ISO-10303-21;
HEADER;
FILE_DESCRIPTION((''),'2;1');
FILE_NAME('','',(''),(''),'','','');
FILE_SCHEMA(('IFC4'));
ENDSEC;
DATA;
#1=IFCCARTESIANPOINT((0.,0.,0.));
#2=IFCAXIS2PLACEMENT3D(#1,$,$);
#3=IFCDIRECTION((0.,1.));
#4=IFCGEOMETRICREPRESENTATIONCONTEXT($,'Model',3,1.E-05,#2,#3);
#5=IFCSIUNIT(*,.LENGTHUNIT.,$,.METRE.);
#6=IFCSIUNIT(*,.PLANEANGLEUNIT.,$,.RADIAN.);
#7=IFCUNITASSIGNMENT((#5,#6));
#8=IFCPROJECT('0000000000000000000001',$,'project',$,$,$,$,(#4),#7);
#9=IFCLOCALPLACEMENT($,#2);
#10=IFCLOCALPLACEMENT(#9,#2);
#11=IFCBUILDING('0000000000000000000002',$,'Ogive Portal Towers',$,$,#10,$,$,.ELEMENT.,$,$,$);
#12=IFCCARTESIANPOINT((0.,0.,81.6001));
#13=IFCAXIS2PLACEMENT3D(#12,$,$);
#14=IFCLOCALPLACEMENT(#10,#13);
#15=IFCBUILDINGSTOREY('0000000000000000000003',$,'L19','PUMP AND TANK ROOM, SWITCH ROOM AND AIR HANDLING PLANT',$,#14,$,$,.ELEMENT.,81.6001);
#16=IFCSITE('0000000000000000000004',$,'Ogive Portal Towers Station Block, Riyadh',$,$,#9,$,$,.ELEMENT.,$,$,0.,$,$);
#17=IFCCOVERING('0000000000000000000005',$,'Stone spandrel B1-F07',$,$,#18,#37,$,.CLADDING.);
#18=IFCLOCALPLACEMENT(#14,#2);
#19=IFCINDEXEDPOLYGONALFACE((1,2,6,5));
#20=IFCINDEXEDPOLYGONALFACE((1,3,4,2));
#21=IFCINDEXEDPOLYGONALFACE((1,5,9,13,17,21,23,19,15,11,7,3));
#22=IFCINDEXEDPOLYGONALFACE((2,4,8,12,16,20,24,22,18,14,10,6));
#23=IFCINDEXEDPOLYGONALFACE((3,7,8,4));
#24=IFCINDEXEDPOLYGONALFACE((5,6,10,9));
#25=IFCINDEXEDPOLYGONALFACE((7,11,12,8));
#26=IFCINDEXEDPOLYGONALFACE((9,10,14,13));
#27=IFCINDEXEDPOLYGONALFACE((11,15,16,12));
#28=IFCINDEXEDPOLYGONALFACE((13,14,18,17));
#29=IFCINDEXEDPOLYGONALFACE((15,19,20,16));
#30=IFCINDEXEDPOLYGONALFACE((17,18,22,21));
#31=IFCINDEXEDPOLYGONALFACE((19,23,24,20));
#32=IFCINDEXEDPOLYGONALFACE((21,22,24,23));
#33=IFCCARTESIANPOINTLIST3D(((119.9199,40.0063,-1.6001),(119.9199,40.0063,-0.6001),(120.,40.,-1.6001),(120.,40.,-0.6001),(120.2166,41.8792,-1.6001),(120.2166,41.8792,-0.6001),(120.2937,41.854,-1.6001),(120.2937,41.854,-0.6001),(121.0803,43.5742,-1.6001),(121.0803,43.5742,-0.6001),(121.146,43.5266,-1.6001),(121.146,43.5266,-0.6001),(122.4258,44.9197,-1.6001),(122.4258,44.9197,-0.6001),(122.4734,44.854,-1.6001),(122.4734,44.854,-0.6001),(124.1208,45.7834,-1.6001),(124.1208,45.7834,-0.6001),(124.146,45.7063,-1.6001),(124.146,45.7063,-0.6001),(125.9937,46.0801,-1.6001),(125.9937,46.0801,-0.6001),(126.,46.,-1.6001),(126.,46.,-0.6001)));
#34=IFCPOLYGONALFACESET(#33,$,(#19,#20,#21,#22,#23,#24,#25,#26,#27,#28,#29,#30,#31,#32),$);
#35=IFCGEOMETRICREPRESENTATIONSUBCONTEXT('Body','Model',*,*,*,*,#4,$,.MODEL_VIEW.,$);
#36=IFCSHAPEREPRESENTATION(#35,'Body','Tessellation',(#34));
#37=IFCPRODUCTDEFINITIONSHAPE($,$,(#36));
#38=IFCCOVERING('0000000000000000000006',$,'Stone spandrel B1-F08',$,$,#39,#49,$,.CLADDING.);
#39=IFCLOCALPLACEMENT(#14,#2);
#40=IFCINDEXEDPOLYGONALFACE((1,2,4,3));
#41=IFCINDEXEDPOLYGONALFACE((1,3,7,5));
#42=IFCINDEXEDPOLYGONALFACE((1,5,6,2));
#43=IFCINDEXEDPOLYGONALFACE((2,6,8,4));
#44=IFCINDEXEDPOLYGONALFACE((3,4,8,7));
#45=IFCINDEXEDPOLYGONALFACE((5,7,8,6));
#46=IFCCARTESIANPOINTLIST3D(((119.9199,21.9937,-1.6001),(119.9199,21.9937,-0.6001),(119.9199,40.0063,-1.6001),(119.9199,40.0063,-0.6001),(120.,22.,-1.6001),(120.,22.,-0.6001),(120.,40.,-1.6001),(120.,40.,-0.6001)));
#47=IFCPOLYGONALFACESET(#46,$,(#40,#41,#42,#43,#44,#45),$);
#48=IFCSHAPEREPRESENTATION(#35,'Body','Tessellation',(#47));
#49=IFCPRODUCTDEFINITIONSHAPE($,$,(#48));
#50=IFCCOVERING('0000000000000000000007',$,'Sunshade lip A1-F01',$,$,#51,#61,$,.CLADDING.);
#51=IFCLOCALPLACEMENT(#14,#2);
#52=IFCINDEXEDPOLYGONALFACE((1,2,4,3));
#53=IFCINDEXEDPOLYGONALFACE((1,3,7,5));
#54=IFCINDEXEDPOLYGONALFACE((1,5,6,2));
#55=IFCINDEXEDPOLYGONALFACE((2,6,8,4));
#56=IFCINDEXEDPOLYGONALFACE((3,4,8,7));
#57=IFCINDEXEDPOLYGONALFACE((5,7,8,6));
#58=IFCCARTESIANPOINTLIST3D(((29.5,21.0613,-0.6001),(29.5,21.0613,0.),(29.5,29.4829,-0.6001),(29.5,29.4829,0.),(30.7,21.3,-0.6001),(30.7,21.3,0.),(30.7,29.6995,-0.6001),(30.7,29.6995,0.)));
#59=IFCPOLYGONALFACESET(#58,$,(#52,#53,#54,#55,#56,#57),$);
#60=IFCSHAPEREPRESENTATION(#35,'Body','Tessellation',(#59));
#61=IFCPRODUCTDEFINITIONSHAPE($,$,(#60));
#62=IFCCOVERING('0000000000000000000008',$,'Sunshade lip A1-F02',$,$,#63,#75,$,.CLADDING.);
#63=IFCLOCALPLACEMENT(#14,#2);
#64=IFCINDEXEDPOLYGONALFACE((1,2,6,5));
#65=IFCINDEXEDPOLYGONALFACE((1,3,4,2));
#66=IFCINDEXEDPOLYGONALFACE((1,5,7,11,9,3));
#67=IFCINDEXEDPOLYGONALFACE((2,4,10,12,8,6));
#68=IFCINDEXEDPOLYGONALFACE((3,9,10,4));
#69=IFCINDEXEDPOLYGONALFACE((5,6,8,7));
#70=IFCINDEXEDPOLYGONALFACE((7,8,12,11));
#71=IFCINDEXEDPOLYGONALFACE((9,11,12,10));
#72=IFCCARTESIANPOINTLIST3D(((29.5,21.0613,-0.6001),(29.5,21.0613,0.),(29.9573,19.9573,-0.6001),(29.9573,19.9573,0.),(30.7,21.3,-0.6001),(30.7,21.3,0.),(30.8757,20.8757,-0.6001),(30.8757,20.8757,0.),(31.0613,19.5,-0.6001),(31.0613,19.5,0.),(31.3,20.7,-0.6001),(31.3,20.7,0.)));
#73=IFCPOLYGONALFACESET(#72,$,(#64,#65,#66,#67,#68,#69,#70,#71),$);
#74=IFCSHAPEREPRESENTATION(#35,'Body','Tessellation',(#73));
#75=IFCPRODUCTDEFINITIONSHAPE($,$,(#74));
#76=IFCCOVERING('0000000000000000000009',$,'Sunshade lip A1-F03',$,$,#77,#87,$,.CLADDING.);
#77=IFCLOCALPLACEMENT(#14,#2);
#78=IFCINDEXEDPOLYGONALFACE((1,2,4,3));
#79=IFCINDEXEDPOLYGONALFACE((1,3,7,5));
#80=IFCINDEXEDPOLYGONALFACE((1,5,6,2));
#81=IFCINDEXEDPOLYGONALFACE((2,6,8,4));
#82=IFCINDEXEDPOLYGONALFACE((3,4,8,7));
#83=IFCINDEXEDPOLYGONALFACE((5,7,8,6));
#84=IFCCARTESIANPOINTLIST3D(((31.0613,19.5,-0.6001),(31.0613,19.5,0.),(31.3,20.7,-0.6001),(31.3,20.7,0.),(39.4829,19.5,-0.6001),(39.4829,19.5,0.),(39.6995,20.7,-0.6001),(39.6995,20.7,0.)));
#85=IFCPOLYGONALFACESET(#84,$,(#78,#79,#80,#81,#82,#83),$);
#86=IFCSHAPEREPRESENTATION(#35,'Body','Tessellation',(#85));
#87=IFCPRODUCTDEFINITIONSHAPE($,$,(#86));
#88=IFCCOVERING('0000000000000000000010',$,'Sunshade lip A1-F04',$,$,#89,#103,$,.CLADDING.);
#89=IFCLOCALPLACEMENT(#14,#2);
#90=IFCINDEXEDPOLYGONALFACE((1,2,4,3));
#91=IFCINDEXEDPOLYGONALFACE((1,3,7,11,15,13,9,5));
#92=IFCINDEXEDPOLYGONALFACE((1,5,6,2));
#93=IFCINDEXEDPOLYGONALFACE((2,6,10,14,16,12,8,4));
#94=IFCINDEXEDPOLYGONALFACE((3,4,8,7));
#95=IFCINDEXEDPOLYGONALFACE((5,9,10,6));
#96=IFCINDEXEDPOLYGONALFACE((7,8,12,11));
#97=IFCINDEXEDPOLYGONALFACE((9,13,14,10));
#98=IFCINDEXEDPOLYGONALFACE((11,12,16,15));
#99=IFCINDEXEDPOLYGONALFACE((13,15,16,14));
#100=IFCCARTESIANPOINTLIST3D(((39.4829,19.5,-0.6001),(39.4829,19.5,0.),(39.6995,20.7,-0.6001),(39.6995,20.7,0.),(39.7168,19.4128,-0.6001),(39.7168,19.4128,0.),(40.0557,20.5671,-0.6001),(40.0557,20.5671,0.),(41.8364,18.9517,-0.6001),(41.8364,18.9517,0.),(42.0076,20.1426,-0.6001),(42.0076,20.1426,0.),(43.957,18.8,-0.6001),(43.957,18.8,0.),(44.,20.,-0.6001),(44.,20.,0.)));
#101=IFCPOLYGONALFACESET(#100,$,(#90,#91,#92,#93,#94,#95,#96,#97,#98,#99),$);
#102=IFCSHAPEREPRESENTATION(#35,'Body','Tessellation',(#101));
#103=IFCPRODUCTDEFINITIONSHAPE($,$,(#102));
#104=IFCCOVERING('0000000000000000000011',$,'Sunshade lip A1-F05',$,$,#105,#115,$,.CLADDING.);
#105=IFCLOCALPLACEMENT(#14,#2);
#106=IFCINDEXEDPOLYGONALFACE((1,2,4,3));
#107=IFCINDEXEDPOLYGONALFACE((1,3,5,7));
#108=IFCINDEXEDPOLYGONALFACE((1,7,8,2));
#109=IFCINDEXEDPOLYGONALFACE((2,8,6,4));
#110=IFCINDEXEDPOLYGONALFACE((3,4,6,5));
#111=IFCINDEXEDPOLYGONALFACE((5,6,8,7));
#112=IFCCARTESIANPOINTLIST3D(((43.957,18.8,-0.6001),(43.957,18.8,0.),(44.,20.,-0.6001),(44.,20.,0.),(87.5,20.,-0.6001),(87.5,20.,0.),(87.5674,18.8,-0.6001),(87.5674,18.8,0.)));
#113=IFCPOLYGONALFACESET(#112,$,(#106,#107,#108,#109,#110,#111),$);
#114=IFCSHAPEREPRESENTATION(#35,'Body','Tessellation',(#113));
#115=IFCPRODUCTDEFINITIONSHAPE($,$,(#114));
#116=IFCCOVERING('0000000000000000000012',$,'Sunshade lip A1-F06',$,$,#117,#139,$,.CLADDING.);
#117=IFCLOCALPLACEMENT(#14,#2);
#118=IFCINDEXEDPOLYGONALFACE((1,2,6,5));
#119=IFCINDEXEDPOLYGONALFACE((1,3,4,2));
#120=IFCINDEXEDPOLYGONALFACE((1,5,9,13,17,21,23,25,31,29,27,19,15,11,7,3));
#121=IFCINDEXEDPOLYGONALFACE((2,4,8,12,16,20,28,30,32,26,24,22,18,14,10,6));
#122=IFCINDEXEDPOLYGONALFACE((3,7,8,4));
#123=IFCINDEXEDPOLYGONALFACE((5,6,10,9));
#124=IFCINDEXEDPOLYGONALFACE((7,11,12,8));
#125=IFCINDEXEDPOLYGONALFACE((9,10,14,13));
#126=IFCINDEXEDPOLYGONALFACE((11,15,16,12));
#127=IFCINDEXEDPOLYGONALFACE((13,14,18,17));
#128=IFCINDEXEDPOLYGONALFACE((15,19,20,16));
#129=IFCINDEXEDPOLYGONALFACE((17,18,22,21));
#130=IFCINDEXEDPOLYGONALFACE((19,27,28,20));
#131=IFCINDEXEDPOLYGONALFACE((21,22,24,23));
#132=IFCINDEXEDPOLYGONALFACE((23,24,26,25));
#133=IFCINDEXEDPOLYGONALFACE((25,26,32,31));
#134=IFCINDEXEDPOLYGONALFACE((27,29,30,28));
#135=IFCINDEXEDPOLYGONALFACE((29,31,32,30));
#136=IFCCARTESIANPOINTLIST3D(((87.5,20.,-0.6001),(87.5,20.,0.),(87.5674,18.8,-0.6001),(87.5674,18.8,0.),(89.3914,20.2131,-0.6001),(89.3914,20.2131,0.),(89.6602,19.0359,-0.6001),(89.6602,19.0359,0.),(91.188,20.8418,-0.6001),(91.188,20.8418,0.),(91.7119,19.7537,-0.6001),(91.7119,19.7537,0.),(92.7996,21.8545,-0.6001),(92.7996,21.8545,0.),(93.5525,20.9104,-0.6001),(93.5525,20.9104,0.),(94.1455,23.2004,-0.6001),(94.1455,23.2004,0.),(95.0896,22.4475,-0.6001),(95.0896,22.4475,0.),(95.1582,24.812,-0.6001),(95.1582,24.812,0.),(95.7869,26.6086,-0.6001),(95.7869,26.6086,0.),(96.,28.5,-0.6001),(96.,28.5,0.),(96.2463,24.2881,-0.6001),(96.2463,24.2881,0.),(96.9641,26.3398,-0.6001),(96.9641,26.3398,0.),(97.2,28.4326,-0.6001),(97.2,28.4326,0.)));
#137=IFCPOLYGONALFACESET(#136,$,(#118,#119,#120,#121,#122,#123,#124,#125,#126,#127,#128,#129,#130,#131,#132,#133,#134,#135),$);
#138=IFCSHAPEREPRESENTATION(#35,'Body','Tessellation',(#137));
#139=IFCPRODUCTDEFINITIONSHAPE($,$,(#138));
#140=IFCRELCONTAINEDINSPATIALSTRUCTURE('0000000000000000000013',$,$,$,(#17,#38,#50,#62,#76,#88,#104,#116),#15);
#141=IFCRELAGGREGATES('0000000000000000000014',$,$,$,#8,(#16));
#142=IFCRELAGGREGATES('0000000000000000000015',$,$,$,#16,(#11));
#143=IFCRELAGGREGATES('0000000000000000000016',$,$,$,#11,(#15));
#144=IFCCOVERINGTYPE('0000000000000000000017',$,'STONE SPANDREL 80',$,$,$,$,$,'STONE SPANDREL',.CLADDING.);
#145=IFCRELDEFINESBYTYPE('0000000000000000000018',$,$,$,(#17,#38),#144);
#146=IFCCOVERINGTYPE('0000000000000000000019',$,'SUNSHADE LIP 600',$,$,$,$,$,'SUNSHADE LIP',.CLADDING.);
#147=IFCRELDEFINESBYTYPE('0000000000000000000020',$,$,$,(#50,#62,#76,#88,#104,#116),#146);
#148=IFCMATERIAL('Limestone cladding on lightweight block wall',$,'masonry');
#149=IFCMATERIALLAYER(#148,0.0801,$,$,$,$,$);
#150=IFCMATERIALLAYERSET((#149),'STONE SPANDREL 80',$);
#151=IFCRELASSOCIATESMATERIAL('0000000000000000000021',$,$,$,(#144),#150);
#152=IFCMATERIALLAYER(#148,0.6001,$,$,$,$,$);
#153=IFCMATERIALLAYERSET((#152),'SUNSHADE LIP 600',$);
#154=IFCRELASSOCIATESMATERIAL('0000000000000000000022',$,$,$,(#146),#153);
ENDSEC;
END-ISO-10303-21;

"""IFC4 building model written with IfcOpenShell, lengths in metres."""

from ifc_helpers import new_model, si_unit, direction, frame, origin, place, context, subcontext, project, spatial, polyline, outline, extrude, material, layer, layer_set, type_object, element, save


model = new_model("IFC4")

# Units and contexts
model_context = context("Model", 3, precision=1e-05, world=origin(), true_north=direction((0.0, 1.0)))
body_context = subcontext(model_context, "Body", "Model", "MODEL_VIEW")
ifc_project = project(units=[si_unit("LENGTHUNIT", "METRE"), si_unit("PLANEANGLEUNIT", "RADIAN")], contexts=[model_context])

# Site, building, storey
site_placement = place(None, origin())
site = spatial("IfcSite", under=ifc_project, at=site_placement, Name="Ogive Portal Towers Station Block, Riyadh", CompositionType="ELEMENT", RefElevation=0.0)
building_placement = place(site_placement, origin())
building = spatial("IfcBuilding", under=site, at=building_placement, Name="Ogive Portal Towers", CompositionType="ELEMENT")
storey_placement = place(building_placement, frame((0.0, 0.0, 81.6001)))
storey = spatial("IfcBuildingStorey", under=building, at=storey_placement, Name="L19", Description="PUMP AND TANK ROOM, SWITCH ROOM AND AIR HANDLING PLANT", CompositionType="ELEMENT", Elevation=81.6001)

# Coverings
ifc_material = material(Name="Limestone cladding on lightweight block wall", Category="masonry")
ifc_layer_1 = layer(ifc_material, 0.0801)
ifc_layer_set_1 = layer_set([ifc_layer_1], Name="STONE SPANDREL 80")
covering_type_1 = type_object("IfcCoveringType", Name="STONE SPANDREL 80", ElementType="STONE SPANDREL", PredefinedType="CLADDING", material=ifc_layer_set_1)
covering_1_placement = place(storey_placement, frame((0.0, 0.0, -1.6001)))
element("IfcCovering", 1, at=covering_1_placement, inside=storey, type_object=covering_type_1, Name="Stone spandrel B1-F07", PredefinedType="CLADDING", context=body_context, shape_type="SweptSolid", body=[
    extrude(outline(polyline([(126.0, 46.0), (124.146, 45.7063), (122.4734, 44.854), (121.146, 43.5266), (120.2937, 41.854), (120.0, 40.0), (119.9199, 40.0063), (120.2166, 41.8792), (121.0803, 43.5742), (122.4258, 44.9197), (124.1208, 45.7834), (125.9937, 46.0801), (126.0, 46.0)])), origin(), (0.0, 0.0, 1.0), 1.0),
])
covering_2_placement = place(storey_placement, frame((0.0, 0.0, -1.6001)))
element("IfcCovering", 2, at=covering_2_placement, inside=storey, type_object=covering_type_1, Name="Stone spandrel B1-F08", PredefinedType="CLADDING", context=body_context, shape_type="SweptSolid", body=[
    extrude(outline(polyline([(120.0, 40.0), (120.0, 22.0), (119.9199, 21.9937), (119.9199, 40.0063), (120.0, 40.0)])), origin(), (0.0, 0.0, 1.0), 1.0),
])
ifc_layer_2 = layer(ifc_material, 0.6001)
ifc_layer_set_2 = layer_set([ifc_layer_2], Name="SUNSHADE LIP 600")
covering_type_2 = type_object("IfcCoveringType", Name="SUNSHADE LIP 600", ElementType="SUNSHADE LIP", PredefinedType="CLADDING", material=ifc_layer_set_2)
covering_3_placement = place(storey_placement, frame((0.0, 0.0, -0.6001)))
element("IfcCovering", 3, at=covering_3_placement, inside=storey, type_object=covering_type_2, Name="Sunshade lip A1-F01", PredefinedType="CLADDING", context=body_context, shape_type="SweptSolid", body=[
    extrude(outline(polyline([(30.7, 29.6995), (30.7, 21.3), (29.5, 21.0613), (29.5, 29.4829), (30.7, 29.6995)])), origin(), (0.0, 0.0, 1.0), 0.6001),
])
covering_4_placement = place(storey_placement, frame((0.0, 0.0, -0.6001)))
element("IfcCovering", 4, at=covering_4_placement, inside=storey, type_object=covering_type_2, Name="Sunshade lip A1-F02", PredefinedType="CLADDING", context=body_context, shape_type="SweptSolid", body=[
    extrude(outline(polyline([(30.7, 21.3), (30.8757, 20.8757), (31.3, 20.7), (31.0613, 19.5), (29.9573, 19.9573), (29.5, 21.0613), (30.7, 21.3)])), origin(), (0.0, 0.0, 1.0), 0.6001),
])
covering_5_placement = place(storey_placement, frame((0.0, 0.0, -0.6001)))
element("IfcCovering", 5, at=covering_5_placement, inside=storey, type_object=covering_type_2, Name="Sunshade lip A1-F03", PredefinedType="CLADDING", context=body_context, shape_type="SweptSolid", body=[
    extrude(outline(polyline([(31.3, 20.7), (39.6995, 20.7), (39.4829, 19.5), (31.0613, 19.5), (31.3, 20.7)])), origin(), (0.0, 0.0, 1.0), 0.6001),
])
covering_6_placement = place(storey_placement, frame((0.0, 0.0, -0.6001)))
element("IfcCovering", 6, at=covering_6_placement, inside=storey, type_object=covering_type_2, Name="Sunshade lip A1-F04", PredefinedType="CLADDING", context=body_context, shape_type="SweptSolid", body=[
    extrude(outline(polyline([(39.6995, 20.7), (40.0557, 20.5671), (42.0076, 20.1426), (44.0, 20.0), (43.957, 18.8), (41.8364, 18.9517), (39.7168, 19.4128), (39.4829, 19.5), (39.6995, 20.7)])), origin(), (0.0, 0.0, 1.0), 0.6001),
])
covering_7_placement = place(storey_placement, frame((0.0, 0.0, -0.6001)))
element("IfcCovering", 7, at=covering_7_placement, inside=storey, type_object=covering_type_2, Name="Sunshade lip A1-F05", PredefinedType="CLADDING", context=body_context, shape_type="SweptSolid", body=[
    extrude(outline(polyline([(44.0, 20.0), (87.5, 20.0), (87.5674, 18.8), (43.957, 18.8), (44.0, 20.0)])), origin(), (0.0, 0.0, 1.0), 0.6001),
])
covering_8_placement = place(storey_placement, frame((0.0, 0.0, -0.6001)))
element("IfcCovering", 8, at=covering_8_placement, inside=storey, type_object=covering_type_2, Name="Sunshade lip A1-F06", PredefinedType="CLADDING", context=body_context, shape_type="SweptSolid", body=[
    extrude(outline(polyline([(87.5, 20.0), (89.3914, 20.2131), (91.188, 20.8418), (92.7996, 21.8545), (94.1455, 23.2004), (95.1582, 24.812), (95.7869, 26.6086), (96.0, 28.5), (97.2, 28.4326), (96.9641, 26.3398), (96.2463, 24.2881), (95.0896, 22.4475), (93.5525, 20.9104), (91.7119, 19.7537), (89.6602, 19.0359), (87.5674, 18.8), (87.5, 20.0)])), origin(), (0.0, 0.0, 1.0), 0.6001),
])

save(model, "model.ifc")
